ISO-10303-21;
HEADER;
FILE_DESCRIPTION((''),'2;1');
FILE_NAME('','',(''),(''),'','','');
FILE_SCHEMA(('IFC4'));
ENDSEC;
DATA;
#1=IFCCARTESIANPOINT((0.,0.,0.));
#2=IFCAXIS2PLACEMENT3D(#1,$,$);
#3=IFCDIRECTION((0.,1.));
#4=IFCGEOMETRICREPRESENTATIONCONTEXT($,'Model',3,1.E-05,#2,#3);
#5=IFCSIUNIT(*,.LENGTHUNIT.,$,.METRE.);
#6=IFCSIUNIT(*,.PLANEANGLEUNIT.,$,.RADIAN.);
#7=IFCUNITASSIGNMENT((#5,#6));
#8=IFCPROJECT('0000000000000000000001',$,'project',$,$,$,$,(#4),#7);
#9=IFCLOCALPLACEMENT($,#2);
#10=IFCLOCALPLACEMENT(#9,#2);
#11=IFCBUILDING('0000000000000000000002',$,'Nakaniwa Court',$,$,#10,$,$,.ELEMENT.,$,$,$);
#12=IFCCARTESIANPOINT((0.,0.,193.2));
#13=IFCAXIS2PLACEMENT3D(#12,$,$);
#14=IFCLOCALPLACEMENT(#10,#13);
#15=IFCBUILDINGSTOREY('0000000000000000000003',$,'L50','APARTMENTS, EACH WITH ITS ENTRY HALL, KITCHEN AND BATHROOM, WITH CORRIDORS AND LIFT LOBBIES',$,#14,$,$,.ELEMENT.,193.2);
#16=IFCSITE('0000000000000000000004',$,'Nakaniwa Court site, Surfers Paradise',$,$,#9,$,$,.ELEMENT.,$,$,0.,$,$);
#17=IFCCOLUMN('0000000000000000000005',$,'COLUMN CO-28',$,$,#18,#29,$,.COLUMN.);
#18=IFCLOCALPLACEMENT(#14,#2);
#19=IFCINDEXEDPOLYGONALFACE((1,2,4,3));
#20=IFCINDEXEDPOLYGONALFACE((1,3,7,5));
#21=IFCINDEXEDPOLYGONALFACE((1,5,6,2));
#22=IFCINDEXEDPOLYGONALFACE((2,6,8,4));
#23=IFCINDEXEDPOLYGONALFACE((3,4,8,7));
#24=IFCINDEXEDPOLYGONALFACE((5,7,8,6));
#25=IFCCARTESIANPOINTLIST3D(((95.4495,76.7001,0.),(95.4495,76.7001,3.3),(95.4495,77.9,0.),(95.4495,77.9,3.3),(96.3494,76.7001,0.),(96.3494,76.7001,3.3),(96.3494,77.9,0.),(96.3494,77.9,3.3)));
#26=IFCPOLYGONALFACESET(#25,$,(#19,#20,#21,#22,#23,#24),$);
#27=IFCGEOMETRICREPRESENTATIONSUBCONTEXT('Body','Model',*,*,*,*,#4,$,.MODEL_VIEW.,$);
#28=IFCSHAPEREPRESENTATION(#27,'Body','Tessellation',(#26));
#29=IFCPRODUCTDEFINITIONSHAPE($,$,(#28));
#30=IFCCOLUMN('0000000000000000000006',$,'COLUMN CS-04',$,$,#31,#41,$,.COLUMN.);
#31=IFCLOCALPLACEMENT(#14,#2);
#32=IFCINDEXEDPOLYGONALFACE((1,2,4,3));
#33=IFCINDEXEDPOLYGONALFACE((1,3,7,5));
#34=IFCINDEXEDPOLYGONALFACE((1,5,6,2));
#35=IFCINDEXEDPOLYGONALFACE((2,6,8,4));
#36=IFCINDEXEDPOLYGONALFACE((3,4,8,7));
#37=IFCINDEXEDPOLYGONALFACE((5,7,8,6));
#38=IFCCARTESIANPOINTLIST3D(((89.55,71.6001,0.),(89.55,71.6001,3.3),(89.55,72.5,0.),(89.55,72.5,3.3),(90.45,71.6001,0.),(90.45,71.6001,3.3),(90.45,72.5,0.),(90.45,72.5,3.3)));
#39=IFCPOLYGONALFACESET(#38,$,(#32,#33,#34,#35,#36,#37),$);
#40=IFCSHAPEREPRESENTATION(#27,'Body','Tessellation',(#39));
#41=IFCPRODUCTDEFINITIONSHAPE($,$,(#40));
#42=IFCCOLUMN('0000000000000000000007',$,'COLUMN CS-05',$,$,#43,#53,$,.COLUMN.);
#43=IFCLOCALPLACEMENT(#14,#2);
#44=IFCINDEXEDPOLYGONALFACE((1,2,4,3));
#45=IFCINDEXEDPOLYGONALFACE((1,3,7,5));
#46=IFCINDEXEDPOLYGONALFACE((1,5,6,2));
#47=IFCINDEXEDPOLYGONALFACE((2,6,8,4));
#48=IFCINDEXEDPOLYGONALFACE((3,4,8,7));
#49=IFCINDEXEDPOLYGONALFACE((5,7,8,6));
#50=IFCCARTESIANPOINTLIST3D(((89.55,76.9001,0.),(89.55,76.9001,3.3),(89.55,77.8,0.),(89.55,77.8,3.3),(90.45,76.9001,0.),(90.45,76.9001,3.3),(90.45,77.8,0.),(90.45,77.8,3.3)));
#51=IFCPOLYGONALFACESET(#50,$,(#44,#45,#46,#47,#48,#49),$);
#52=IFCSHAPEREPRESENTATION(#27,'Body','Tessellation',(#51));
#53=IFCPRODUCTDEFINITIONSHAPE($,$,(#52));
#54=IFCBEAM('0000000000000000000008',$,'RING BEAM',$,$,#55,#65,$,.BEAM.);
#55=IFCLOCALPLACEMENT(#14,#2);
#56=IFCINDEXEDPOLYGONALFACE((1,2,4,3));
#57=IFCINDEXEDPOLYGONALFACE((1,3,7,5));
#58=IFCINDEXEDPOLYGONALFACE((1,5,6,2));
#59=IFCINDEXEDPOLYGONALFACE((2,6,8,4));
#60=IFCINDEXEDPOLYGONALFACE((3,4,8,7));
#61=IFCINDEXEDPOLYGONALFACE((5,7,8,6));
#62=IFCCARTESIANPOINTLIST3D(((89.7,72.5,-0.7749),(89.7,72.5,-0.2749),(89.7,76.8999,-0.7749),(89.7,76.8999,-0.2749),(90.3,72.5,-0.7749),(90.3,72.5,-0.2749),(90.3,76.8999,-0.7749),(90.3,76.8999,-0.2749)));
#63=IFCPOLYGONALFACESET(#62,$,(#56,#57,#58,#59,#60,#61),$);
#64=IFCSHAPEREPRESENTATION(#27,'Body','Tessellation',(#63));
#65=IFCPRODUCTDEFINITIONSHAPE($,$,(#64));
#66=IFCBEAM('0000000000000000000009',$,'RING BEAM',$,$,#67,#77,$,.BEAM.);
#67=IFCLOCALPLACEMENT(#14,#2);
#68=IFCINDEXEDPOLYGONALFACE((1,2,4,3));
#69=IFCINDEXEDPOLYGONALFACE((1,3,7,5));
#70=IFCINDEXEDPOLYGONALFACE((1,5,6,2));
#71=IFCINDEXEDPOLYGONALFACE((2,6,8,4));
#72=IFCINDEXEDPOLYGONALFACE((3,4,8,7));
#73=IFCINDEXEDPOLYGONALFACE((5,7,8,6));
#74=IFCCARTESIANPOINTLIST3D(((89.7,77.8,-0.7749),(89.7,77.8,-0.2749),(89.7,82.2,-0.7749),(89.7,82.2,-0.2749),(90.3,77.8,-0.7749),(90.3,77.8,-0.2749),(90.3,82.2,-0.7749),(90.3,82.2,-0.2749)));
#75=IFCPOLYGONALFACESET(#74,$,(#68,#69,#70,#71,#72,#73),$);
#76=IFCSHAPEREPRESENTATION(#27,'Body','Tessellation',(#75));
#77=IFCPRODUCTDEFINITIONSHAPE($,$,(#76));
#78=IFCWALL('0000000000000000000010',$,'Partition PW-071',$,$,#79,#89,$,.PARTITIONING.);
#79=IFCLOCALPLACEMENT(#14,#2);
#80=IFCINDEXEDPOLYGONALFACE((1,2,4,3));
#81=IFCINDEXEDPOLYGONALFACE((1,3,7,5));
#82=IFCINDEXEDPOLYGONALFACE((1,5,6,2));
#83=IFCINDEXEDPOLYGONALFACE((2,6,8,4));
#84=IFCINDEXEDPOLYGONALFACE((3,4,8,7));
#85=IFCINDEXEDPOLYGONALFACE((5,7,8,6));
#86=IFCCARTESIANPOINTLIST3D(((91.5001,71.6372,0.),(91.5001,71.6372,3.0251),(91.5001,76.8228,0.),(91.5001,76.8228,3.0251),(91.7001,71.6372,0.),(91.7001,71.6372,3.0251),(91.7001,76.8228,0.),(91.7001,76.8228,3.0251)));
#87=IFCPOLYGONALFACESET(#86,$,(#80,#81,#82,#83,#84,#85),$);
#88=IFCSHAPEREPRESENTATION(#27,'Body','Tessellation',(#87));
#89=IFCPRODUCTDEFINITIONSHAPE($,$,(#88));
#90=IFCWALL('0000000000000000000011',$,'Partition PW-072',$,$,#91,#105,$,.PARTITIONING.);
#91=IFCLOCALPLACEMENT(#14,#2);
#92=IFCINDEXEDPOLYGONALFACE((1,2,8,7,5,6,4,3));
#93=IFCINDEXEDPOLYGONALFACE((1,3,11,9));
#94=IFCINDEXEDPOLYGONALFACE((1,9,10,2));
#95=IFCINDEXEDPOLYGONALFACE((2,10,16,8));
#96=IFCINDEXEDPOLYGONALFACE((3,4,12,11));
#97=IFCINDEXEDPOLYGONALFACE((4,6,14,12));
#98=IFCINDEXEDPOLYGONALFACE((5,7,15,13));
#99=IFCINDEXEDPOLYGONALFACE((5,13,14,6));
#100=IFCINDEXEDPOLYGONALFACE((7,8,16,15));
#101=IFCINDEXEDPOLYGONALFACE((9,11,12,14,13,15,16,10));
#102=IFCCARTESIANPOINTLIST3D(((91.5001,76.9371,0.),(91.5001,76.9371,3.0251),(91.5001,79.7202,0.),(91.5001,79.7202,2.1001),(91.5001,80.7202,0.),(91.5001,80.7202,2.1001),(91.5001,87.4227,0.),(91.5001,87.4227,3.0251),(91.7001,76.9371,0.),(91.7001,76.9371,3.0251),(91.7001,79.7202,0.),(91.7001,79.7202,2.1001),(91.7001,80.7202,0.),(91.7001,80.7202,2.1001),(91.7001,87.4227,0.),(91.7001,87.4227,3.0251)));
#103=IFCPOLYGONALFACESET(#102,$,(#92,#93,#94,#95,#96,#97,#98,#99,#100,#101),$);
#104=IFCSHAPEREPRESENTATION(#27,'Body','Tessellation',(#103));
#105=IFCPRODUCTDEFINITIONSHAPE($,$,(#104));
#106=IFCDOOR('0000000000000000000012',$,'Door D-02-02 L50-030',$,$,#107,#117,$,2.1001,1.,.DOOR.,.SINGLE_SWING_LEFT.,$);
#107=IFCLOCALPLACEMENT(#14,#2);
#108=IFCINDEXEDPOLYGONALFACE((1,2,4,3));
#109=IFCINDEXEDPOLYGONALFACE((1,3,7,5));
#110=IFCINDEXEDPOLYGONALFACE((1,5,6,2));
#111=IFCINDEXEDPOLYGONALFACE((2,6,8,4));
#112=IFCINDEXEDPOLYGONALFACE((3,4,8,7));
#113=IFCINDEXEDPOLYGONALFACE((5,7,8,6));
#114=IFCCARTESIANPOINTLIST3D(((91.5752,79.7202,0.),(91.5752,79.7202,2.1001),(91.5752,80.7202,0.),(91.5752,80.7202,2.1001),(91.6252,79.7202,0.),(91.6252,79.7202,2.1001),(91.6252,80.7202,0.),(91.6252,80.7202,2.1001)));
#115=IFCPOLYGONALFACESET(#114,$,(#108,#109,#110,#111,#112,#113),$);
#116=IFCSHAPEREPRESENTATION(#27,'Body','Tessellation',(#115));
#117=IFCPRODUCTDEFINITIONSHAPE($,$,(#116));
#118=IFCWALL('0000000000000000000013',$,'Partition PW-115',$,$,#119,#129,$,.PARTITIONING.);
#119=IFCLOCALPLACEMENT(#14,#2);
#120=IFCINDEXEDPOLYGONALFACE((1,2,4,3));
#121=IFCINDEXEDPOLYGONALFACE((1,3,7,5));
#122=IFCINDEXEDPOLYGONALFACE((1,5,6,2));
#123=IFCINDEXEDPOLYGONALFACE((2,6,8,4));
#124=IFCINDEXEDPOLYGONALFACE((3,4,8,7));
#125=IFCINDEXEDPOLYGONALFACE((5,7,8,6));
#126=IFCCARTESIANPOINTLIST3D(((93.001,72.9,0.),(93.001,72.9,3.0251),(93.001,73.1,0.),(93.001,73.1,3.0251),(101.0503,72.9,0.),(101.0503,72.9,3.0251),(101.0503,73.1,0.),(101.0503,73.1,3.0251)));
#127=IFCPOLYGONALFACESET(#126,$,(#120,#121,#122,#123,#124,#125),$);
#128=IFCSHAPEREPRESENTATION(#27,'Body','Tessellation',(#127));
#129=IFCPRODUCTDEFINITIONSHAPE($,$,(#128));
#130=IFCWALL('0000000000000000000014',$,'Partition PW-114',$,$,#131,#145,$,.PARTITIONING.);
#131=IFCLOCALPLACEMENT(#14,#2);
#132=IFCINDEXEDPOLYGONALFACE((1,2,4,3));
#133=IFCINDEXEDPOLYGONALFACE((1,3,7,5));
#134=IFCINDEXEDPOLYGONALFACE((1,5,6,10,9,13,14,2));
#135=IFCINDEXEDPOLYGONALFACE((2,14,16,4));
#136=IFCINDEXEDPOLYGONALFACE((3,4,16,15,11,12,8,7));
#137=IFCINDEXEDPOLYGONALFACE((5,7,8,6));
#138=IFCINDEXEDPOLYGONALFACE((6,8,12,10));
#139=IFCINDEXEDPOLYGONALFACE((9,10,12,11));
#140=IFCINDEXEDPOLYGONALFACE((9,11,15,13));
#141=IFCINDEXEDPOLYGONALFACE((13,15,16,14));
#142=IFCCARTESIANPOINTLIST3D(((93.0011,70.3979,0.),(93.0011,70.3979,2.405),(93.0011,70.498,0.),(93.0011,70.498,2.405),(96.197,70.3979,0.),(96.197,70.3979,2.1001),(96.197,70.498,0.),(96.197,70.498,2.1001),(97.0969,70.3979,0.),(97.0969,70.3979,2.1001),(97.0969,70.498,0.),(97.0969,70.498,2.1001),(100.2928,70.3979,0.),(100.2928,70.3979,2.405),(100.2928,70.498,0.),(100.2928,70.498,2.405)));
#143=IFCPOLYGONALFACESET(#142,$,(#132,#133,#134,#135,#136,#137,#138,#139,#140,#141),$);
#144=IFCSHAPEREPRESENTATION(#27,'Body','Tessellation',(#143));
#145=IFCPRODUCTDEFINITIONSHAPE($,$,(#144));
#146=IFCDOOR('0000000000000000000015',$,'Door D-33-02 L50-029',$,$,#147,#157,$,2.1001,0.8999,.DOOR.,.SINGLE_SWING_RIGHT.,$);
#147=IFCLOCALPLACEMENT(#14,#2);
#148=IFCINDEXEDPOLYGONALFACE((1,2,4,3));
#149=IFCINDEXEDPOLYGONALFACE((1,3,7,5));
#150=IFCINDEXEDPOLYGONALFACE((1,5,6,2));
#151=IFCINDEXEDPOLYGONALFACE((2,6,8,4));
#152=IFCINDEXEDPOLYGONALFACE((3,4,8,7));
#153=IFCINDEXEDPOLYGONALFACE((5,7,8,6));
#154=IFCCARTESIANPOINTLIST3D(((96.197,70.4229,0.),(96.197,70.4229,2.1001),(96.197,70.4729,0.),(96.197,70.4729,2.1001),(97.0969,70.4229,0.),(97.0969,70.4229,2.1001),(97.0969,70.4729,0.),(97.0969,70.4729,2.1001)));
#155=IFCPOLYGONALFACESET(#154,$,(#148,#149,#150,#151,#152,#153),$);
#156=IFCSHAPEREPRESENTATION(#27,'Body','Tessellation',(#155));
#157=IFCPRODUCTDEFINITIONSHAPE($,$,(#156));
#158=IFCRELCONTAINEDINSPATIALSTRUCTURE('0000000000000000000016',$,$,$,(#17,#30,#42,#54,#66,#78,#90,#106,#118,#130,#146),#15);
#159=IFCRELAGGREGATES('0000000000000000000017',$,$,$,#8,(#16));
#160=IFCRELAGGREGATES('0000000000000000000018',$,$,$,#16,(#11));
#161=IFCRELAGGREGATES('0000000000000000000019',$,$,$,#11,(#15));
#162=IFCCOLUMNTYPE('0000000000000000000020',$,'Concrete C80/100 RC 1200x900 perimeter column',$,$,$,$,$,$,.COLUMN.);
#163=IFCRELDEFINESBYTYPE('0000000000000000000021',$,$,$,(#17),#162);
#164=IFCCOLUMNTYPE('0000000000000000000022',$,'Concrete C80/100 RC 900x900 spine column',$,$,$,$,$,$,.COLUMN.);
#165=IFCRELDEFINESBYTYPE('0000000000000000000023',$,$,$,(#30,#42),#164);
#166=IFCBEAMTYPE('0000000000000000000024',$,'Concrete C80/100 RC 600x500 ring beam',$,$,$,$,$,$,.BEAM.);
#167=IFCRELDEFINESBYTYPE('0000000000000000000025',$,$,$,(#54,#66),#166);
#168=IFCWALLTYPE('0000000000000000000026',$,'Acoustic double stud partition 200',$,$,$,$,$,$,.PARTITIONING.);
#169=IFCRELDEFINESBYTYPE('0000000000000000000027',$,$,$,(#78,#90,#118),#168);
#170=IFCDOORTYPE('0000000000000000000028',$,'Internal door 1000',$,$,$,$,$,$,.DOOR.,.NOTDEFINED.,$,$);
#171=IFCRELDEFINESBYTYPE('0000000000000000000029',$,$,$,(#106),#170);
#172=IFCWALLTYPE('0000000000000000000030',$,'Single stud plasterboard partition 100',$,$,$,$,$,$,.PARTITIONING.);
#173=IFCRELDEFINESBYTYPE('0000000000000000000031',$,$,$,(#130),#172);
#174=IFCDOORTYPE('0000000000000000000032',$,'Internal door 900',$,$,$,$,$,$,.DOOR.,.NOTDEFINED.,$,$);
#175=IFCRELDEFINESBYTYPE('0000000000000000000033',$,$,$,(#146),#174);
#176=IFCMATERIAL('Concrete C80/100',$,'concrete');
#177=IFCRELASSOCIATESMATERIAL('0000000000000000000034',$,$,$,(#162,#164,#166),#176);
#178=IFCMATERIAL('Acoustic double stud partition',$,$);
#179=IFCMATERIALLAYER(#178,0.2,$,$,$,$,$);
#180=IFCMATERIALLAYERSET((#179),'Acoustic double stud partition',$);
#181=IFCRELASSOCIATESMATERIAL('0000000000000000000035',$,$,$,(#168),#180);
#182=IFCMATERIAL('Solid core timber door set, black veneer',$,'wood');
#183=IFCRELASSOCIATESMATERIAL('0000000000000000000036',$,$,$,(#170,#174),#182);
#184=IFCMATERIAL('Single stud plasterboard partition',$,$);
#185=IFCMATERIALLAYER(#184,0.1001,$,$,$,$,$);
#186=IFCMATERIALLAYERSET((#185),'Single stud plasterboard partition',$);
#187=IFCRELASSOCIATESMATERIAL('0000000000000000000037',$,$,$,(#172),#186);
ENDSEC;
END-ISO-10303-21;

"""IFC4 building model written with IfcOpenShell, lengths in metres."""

from ifc_helpers import new_model, si_unit, direction, frame, frame_2d, origin, origin_2d, place, context, subcontext, project, spatial, rectangle, extrude, material, layer, layer_set, material_profile, profile_set, type_object, element, fill, save


model = new_model("IFC4")

# Units and contexts
model_context = context("Model", 3, precision=1e-05, world=origin(), true_north=direction((0.0, 1.0)))
body_context = subcontext(model_context, "Body", "Model", "MODEL_VIEW")
ifc_project = project(units=[si_unit("LENGTHUNIT", "METRE"), si_unit("PLANEANGLEUNIT", "RADIAN")], contexts=[model_context])

# Site, building, storey
site_placement = place(None, origin())
site = spatial("IfcSite", under=ifc_project, at=site_placement, Name="Nakaniwa Court site, Surfers Paradise", CompositionType="ELEMENT", RefElevation=0.0)
building_placement = place(site_placement, origin())
building = spatial("IfcBuilding", under=site, at=building_placement, Name="Nakaniwa Court", CompositionType="ELEMENT")
storey_placement = place(building_placement, frame((0.0, 0.0, 193.2)))
storey = spatial("IfcBuildingStorey", under=building, at=storey_placement, Name="L50", Description="APARTMENTS, EACH WITH ITS ENTRY HALL, KITCHEN AND BATHROOM, WITH CORRIDORS AND LIFT LOBBIES", CompositionType="ELEMENT", Elevation=193.2)

# Columns
ifc_material_1 = material(Name="Concrete C80/100", Category="concrete")
ifc_material_profile_1 = material_profile(ifc_material_1, rectangle(XDim=1.2, YDim=0.8999, at=origin_2d()), Name="Concrete C80/100 RC 1200x900 perimeter column")
ifc_profile_set_1 = profile_set([ifc_material_profile_1], Name="Concrete C80/100")
column_type_1 = type_object("IfcColumnType", Name="Concrete C80/100 RC 1200x900 perimeter column", PredefinedType="COLUMN", material=ifc_profile_set_1)
column_placement = place(storey_placement, frame((95.8994, 77.3, 0.0), z_axis=(0.0, 0.0, 1.0), x_axis=(0.0, 1.0, 0.0)))
element("IfcColumn", 1, at=column_placement, inside=storey, type_object=column_type_1, Name="COLUMN CO-28", PredefinedType="COLUMN", context=body_context, shape_type="SweptSolid", body=[
    extrude(rectangle(XDim=1.2, YDim=0.8999, at=origin_2d()), origin(), (0.0, 0.0, 1.0), 3.3),
])
ifc_material_profile_2 = material_profile(ifc_material_1, rectangle(XDim=0.8999, YDim=0.8999, at=origin_2d()), Name="Concrete C80/100 RC 900x900 spine column")
ifc_profile_set_2 = profile_set([ifc_material_profile_2], Name="Concrete C80/100")
column_type_2 = type_object("IfcColumnType", Name="Concrete C80/100 RC 900x900 spine column", PredefinedType="COLUMN", material=ifc_profile_set_2)
for number, where, z_axis, x_axis, name in (
    (2, (90.0, 72.05, 0.0), (0.0, 0.0, 1.0), (0.0, 1.0, 0.0), "COLUMN CS-04"),
    (3, (90.0, 77.3501, 0.0), (0.0, 0.0, 1.0), (0.0, 1.0, 0.0), "COLUMN CS-05"),
):
    element("IfcColumn", number, at=place(storey_placement, frame(where, z_axis=z_axis, x_axis=x_axis)), inside=storey, type_object=column_type_2, Name=name, PredefinedType="COLUMN", context=body_context, shape_type="SweptSolid", body=[
        extrude(rectangle(XDim=0.8999, YDim=0.8999, at=origin_2d()), origin(), (0.0, 0.0, 1.0), 3.3),
    ])

# Beams
ifc_material_profile_3 = material_profile(ifc_material_1, rectangle(XDim=0.6001, YDim=0.5, at=origin_2d()), Name="Concrete C80/100 RC 600x500 ring beam")
ifc_profile_set_3 = profile_set([ifc_material_profile_3], Name="Concrete C80/100")
beam_type = type_object("IfcBeamType", Name="Concrete C80/100 RC 600x500 ring beam", PredefinedType="BEAM", material=ifc_profile_set_3)
for number, where, z_axis, x_axis, name in (
    (4, (90.0, 72.5, -0.5249), (0.0, 1.0, 0.0), (-1.0, 0.0, 0.0), "RING BEAM"),
    (5, (90.0, 77.8, -0.5249), (0.0, 1.0, 0.0), (-1.0, 0.0, 0.0), "RING BEAM"),
):
    element("IfcBeam", number, at=place(storey_placement, frame(where, z_axis=z_axis, x_axis=x_axis)), inside=storey, type_object=beam_type, Name=name, PredefinedType="BEAM", context=body_context, shape_type="SweptSolid", body=[
        extrude(rectangle(XDim=0.6001, YDim=0.5, at=origin_2d()), origin(), (0.0, 0.0, 1.0), 4.3999),
    ])

# Wall
ifc_material_2 = material(Name="Acoustic double stud partition")
ifc_layer_1 = layer(ifc_material_2, 0.2)
ifc_layer_set_1 = layer_set([ifc_layer_1], Name="Acoustic double stud partition")
wall_type_1 = type_object("IfcWallType", Name="Acoustic double stud partition 200", PredefinedType="PARTITIONING", material=ifc_layer_set_1)
wall_1_placement = place(storey_placement, frame((91.6001, 71.6372, 0.0), z_axis=(0.0, 0.0, 1.0), x_axis=(0.0, 1.0, 0.0)))
element("IfcWall", 6, at=wall_1_placement, inside=storey, type_object=wall_type_1, Name="Partition PW-071", PredefinedType="PARTITIONING", context=body_context, shape_type="SweptSolid", body=[
    extrude(rectangle(XDim=5.1855, YDim=0.2, at=frame_2d((2.5928, 0.0))), origin(), (0.0, 0.0, 1.0), 3.0251),
])

# Wall, opening, door
wall_2_placement = place(storey_placement, frame((91.6001, 76.9373, 0.0), z_axis=(0.0, 0.0, 1.0), x_axis=(0.0, 1.0, 0.0)))
wall_2 = element("IfcWall", 7, at=wall_2_placement, inside=storey, type_object=wall_type_1, Name="Partition PW-072", PredefinedType="PARTITIONING", context=body_context, shape_type="SweptSolid", body=[
    extrude(rectangle(XDim=10.4856, YDim=0.2, at=frame_2d((5.2427, 0.0))), origin(), (0.0, 0.0, 1.0), 3.0251),
])
opening_1_placement = place(wall_2_placement, frame((2.783, 0.0, 0.0)))
opening_1 = element("IfcOpeningElement", 8, at=opening_1_placement, cuts=wall_2, PredefinedType="OPENING", context=body_context, shape_type="SweptSolid", body=[
    extrude(rectangle(XDim=1.0, YDim=2.1001, at=frame_2d((0.5, 1.05))), frame((0.0, 0.1099, 0.0), z_axis=(0.0, -1.0, 0.0), x_axis=(1.0, 0.0, 0.0)), (0.0, 0.0, 1.0), 0.22),
])
ifc_material_3 = material(Name="Solid core timber door set, black veneer", Category="wood")
door_type_1 = type_object("IfcDoorType", Name="Internal door 1000", OperationType="NOTDEFINED", PredefinedType="DOOR", material=ifc_material_3)
door_1_placement = place(opening_1_placement, origin())
door_1 = element("IfcDoor", 9, at=door_1_placement, inside=storey, type_object=door_type_1, Name="Door D-02-02 L50-030", OperationType="SINGLE_SWING_LEFT", OverallHeight=2.1001, OverallWidth=1.0, PredefinedType="DOOR", context=body_context, shape_type="SweptSolid", body=[
    extrude(rectangle(XDim=1.0, YDim=2.1001, at=frame_2d((0.5, 1.05))), frame((0.0, 0.0249, 0.0), z_axis=(0.0, -1.0, 0.0), x_axis=(1.0, 0.0, 0.0)), (0.0, 0.0, 1.0), 0.05),
])
fill(opening_1, door_1)

# Wall
wall_3_placement = place(storey_placement, frame((93.001, 73.0, 0.0), z_axis=(0.0, 0.0, 1.0), x_axis=(1.0, 0.0, 0.0)))
element("IfcWall", 10, at=wall_3_placement, inside=storey, type_object=wall_type_1, Name="Partition PW-115", PredefinedType="PARTITIONING", context=body_context, shape_type="SweptSolid", body=[
    extrude(rectangle(XDim=8.0493, YDim=0.2, at=frame_2d((4.0247, 0.0))), origin(), (0.0, 0.0, 1.0), 3.0251),
])

# Wall, opening, door
ifc_material_4 = material(Name="Single stud plasterboard partition")
ifc_layer_2 = layer(ifc_material_4, 0.1001)
ifc_layer_set_2 = layer_set([ifc_layer_2], Name="Single stud plasterboard partition")
wall_type_2 = type_object("IfcWallType", Name="Single stud plasterboard partition 100", PredefinedType="PARTITIONING", material=ifc_layer_set_2)
wall_4_placement = place(storey_placement, frame((93.001, 70.448, 0.0), z_axis=(0.0, 0.0, 1.0), x_axis=(1.0, 0.0, 0.0)))
wall_4 = element("IfcWall", 11, at=wall_4_placement, inside=storey, type_object=wall_type_2, Name="Partition PW-114", PredefinedType="PARTITIONING", context=body_context, shape_type="SweptSolid", body=[
    extrude(rectangle(XDim=7.2917, YDim=0.1001, at=frame_2d((3.646, 0.0))), origin(), (0.0, 0.0, 1.0), 2.405),
])
opening_2_placement = place(wall_4_placement, frame((3.196, 0.0, 0.0)))
opening_2 = element("IfcOpeningElement", 12, at=opening_2_placement, cuts=wall_4, PredefinedType="OPENING", context=body_context, shape_type="SweptSolid", body=[
    extrude(rectangle(XDim=0.8999, YDim=2.1001, at=frame_2d((0.45, 1.05))), frame((0.0, 0.0601, 0.0), z_axis=(0.0, -1.0, 0.0), x_axis=(1.0, 0.0, 0.0)), (0.0, 0.0, 1.0), 0.1201),
])
door_type_2 = type_object("IfcDoorType", Name="Internal door 900", OperationType="NOTDEFINED", PredefinedType="DOOR", material=ifc_material_3)
door_2_placement = place(opening_2_placement, origin())
door_2 = element("IfcDoor", 13, at=door_2_placement, inside=storey, type_object=door_type_2, Name="Door D-33-02 L50-029", OperationType="SINGLE_SWING_RIGHT", OverallHeight=2.1001, OverallWidth=0.8999, PredefinedType="DOOR", context=body_context, shape_type="SweptSolid", body=[
    extrude(rectangle(XDim=0.8999, YDim=2.1001, at=frame_2d((0.45, 1.05))), frame((0.0, 0.0249, 0.0), z_axis=(0.0, -1.0, 0.0), x_axis=(1.0, 0.0, 0.0)), (0.0, 0.0, 1.0), 0.05),
])
fill(opening_2, door_2)

save(model, "model.ifc")
